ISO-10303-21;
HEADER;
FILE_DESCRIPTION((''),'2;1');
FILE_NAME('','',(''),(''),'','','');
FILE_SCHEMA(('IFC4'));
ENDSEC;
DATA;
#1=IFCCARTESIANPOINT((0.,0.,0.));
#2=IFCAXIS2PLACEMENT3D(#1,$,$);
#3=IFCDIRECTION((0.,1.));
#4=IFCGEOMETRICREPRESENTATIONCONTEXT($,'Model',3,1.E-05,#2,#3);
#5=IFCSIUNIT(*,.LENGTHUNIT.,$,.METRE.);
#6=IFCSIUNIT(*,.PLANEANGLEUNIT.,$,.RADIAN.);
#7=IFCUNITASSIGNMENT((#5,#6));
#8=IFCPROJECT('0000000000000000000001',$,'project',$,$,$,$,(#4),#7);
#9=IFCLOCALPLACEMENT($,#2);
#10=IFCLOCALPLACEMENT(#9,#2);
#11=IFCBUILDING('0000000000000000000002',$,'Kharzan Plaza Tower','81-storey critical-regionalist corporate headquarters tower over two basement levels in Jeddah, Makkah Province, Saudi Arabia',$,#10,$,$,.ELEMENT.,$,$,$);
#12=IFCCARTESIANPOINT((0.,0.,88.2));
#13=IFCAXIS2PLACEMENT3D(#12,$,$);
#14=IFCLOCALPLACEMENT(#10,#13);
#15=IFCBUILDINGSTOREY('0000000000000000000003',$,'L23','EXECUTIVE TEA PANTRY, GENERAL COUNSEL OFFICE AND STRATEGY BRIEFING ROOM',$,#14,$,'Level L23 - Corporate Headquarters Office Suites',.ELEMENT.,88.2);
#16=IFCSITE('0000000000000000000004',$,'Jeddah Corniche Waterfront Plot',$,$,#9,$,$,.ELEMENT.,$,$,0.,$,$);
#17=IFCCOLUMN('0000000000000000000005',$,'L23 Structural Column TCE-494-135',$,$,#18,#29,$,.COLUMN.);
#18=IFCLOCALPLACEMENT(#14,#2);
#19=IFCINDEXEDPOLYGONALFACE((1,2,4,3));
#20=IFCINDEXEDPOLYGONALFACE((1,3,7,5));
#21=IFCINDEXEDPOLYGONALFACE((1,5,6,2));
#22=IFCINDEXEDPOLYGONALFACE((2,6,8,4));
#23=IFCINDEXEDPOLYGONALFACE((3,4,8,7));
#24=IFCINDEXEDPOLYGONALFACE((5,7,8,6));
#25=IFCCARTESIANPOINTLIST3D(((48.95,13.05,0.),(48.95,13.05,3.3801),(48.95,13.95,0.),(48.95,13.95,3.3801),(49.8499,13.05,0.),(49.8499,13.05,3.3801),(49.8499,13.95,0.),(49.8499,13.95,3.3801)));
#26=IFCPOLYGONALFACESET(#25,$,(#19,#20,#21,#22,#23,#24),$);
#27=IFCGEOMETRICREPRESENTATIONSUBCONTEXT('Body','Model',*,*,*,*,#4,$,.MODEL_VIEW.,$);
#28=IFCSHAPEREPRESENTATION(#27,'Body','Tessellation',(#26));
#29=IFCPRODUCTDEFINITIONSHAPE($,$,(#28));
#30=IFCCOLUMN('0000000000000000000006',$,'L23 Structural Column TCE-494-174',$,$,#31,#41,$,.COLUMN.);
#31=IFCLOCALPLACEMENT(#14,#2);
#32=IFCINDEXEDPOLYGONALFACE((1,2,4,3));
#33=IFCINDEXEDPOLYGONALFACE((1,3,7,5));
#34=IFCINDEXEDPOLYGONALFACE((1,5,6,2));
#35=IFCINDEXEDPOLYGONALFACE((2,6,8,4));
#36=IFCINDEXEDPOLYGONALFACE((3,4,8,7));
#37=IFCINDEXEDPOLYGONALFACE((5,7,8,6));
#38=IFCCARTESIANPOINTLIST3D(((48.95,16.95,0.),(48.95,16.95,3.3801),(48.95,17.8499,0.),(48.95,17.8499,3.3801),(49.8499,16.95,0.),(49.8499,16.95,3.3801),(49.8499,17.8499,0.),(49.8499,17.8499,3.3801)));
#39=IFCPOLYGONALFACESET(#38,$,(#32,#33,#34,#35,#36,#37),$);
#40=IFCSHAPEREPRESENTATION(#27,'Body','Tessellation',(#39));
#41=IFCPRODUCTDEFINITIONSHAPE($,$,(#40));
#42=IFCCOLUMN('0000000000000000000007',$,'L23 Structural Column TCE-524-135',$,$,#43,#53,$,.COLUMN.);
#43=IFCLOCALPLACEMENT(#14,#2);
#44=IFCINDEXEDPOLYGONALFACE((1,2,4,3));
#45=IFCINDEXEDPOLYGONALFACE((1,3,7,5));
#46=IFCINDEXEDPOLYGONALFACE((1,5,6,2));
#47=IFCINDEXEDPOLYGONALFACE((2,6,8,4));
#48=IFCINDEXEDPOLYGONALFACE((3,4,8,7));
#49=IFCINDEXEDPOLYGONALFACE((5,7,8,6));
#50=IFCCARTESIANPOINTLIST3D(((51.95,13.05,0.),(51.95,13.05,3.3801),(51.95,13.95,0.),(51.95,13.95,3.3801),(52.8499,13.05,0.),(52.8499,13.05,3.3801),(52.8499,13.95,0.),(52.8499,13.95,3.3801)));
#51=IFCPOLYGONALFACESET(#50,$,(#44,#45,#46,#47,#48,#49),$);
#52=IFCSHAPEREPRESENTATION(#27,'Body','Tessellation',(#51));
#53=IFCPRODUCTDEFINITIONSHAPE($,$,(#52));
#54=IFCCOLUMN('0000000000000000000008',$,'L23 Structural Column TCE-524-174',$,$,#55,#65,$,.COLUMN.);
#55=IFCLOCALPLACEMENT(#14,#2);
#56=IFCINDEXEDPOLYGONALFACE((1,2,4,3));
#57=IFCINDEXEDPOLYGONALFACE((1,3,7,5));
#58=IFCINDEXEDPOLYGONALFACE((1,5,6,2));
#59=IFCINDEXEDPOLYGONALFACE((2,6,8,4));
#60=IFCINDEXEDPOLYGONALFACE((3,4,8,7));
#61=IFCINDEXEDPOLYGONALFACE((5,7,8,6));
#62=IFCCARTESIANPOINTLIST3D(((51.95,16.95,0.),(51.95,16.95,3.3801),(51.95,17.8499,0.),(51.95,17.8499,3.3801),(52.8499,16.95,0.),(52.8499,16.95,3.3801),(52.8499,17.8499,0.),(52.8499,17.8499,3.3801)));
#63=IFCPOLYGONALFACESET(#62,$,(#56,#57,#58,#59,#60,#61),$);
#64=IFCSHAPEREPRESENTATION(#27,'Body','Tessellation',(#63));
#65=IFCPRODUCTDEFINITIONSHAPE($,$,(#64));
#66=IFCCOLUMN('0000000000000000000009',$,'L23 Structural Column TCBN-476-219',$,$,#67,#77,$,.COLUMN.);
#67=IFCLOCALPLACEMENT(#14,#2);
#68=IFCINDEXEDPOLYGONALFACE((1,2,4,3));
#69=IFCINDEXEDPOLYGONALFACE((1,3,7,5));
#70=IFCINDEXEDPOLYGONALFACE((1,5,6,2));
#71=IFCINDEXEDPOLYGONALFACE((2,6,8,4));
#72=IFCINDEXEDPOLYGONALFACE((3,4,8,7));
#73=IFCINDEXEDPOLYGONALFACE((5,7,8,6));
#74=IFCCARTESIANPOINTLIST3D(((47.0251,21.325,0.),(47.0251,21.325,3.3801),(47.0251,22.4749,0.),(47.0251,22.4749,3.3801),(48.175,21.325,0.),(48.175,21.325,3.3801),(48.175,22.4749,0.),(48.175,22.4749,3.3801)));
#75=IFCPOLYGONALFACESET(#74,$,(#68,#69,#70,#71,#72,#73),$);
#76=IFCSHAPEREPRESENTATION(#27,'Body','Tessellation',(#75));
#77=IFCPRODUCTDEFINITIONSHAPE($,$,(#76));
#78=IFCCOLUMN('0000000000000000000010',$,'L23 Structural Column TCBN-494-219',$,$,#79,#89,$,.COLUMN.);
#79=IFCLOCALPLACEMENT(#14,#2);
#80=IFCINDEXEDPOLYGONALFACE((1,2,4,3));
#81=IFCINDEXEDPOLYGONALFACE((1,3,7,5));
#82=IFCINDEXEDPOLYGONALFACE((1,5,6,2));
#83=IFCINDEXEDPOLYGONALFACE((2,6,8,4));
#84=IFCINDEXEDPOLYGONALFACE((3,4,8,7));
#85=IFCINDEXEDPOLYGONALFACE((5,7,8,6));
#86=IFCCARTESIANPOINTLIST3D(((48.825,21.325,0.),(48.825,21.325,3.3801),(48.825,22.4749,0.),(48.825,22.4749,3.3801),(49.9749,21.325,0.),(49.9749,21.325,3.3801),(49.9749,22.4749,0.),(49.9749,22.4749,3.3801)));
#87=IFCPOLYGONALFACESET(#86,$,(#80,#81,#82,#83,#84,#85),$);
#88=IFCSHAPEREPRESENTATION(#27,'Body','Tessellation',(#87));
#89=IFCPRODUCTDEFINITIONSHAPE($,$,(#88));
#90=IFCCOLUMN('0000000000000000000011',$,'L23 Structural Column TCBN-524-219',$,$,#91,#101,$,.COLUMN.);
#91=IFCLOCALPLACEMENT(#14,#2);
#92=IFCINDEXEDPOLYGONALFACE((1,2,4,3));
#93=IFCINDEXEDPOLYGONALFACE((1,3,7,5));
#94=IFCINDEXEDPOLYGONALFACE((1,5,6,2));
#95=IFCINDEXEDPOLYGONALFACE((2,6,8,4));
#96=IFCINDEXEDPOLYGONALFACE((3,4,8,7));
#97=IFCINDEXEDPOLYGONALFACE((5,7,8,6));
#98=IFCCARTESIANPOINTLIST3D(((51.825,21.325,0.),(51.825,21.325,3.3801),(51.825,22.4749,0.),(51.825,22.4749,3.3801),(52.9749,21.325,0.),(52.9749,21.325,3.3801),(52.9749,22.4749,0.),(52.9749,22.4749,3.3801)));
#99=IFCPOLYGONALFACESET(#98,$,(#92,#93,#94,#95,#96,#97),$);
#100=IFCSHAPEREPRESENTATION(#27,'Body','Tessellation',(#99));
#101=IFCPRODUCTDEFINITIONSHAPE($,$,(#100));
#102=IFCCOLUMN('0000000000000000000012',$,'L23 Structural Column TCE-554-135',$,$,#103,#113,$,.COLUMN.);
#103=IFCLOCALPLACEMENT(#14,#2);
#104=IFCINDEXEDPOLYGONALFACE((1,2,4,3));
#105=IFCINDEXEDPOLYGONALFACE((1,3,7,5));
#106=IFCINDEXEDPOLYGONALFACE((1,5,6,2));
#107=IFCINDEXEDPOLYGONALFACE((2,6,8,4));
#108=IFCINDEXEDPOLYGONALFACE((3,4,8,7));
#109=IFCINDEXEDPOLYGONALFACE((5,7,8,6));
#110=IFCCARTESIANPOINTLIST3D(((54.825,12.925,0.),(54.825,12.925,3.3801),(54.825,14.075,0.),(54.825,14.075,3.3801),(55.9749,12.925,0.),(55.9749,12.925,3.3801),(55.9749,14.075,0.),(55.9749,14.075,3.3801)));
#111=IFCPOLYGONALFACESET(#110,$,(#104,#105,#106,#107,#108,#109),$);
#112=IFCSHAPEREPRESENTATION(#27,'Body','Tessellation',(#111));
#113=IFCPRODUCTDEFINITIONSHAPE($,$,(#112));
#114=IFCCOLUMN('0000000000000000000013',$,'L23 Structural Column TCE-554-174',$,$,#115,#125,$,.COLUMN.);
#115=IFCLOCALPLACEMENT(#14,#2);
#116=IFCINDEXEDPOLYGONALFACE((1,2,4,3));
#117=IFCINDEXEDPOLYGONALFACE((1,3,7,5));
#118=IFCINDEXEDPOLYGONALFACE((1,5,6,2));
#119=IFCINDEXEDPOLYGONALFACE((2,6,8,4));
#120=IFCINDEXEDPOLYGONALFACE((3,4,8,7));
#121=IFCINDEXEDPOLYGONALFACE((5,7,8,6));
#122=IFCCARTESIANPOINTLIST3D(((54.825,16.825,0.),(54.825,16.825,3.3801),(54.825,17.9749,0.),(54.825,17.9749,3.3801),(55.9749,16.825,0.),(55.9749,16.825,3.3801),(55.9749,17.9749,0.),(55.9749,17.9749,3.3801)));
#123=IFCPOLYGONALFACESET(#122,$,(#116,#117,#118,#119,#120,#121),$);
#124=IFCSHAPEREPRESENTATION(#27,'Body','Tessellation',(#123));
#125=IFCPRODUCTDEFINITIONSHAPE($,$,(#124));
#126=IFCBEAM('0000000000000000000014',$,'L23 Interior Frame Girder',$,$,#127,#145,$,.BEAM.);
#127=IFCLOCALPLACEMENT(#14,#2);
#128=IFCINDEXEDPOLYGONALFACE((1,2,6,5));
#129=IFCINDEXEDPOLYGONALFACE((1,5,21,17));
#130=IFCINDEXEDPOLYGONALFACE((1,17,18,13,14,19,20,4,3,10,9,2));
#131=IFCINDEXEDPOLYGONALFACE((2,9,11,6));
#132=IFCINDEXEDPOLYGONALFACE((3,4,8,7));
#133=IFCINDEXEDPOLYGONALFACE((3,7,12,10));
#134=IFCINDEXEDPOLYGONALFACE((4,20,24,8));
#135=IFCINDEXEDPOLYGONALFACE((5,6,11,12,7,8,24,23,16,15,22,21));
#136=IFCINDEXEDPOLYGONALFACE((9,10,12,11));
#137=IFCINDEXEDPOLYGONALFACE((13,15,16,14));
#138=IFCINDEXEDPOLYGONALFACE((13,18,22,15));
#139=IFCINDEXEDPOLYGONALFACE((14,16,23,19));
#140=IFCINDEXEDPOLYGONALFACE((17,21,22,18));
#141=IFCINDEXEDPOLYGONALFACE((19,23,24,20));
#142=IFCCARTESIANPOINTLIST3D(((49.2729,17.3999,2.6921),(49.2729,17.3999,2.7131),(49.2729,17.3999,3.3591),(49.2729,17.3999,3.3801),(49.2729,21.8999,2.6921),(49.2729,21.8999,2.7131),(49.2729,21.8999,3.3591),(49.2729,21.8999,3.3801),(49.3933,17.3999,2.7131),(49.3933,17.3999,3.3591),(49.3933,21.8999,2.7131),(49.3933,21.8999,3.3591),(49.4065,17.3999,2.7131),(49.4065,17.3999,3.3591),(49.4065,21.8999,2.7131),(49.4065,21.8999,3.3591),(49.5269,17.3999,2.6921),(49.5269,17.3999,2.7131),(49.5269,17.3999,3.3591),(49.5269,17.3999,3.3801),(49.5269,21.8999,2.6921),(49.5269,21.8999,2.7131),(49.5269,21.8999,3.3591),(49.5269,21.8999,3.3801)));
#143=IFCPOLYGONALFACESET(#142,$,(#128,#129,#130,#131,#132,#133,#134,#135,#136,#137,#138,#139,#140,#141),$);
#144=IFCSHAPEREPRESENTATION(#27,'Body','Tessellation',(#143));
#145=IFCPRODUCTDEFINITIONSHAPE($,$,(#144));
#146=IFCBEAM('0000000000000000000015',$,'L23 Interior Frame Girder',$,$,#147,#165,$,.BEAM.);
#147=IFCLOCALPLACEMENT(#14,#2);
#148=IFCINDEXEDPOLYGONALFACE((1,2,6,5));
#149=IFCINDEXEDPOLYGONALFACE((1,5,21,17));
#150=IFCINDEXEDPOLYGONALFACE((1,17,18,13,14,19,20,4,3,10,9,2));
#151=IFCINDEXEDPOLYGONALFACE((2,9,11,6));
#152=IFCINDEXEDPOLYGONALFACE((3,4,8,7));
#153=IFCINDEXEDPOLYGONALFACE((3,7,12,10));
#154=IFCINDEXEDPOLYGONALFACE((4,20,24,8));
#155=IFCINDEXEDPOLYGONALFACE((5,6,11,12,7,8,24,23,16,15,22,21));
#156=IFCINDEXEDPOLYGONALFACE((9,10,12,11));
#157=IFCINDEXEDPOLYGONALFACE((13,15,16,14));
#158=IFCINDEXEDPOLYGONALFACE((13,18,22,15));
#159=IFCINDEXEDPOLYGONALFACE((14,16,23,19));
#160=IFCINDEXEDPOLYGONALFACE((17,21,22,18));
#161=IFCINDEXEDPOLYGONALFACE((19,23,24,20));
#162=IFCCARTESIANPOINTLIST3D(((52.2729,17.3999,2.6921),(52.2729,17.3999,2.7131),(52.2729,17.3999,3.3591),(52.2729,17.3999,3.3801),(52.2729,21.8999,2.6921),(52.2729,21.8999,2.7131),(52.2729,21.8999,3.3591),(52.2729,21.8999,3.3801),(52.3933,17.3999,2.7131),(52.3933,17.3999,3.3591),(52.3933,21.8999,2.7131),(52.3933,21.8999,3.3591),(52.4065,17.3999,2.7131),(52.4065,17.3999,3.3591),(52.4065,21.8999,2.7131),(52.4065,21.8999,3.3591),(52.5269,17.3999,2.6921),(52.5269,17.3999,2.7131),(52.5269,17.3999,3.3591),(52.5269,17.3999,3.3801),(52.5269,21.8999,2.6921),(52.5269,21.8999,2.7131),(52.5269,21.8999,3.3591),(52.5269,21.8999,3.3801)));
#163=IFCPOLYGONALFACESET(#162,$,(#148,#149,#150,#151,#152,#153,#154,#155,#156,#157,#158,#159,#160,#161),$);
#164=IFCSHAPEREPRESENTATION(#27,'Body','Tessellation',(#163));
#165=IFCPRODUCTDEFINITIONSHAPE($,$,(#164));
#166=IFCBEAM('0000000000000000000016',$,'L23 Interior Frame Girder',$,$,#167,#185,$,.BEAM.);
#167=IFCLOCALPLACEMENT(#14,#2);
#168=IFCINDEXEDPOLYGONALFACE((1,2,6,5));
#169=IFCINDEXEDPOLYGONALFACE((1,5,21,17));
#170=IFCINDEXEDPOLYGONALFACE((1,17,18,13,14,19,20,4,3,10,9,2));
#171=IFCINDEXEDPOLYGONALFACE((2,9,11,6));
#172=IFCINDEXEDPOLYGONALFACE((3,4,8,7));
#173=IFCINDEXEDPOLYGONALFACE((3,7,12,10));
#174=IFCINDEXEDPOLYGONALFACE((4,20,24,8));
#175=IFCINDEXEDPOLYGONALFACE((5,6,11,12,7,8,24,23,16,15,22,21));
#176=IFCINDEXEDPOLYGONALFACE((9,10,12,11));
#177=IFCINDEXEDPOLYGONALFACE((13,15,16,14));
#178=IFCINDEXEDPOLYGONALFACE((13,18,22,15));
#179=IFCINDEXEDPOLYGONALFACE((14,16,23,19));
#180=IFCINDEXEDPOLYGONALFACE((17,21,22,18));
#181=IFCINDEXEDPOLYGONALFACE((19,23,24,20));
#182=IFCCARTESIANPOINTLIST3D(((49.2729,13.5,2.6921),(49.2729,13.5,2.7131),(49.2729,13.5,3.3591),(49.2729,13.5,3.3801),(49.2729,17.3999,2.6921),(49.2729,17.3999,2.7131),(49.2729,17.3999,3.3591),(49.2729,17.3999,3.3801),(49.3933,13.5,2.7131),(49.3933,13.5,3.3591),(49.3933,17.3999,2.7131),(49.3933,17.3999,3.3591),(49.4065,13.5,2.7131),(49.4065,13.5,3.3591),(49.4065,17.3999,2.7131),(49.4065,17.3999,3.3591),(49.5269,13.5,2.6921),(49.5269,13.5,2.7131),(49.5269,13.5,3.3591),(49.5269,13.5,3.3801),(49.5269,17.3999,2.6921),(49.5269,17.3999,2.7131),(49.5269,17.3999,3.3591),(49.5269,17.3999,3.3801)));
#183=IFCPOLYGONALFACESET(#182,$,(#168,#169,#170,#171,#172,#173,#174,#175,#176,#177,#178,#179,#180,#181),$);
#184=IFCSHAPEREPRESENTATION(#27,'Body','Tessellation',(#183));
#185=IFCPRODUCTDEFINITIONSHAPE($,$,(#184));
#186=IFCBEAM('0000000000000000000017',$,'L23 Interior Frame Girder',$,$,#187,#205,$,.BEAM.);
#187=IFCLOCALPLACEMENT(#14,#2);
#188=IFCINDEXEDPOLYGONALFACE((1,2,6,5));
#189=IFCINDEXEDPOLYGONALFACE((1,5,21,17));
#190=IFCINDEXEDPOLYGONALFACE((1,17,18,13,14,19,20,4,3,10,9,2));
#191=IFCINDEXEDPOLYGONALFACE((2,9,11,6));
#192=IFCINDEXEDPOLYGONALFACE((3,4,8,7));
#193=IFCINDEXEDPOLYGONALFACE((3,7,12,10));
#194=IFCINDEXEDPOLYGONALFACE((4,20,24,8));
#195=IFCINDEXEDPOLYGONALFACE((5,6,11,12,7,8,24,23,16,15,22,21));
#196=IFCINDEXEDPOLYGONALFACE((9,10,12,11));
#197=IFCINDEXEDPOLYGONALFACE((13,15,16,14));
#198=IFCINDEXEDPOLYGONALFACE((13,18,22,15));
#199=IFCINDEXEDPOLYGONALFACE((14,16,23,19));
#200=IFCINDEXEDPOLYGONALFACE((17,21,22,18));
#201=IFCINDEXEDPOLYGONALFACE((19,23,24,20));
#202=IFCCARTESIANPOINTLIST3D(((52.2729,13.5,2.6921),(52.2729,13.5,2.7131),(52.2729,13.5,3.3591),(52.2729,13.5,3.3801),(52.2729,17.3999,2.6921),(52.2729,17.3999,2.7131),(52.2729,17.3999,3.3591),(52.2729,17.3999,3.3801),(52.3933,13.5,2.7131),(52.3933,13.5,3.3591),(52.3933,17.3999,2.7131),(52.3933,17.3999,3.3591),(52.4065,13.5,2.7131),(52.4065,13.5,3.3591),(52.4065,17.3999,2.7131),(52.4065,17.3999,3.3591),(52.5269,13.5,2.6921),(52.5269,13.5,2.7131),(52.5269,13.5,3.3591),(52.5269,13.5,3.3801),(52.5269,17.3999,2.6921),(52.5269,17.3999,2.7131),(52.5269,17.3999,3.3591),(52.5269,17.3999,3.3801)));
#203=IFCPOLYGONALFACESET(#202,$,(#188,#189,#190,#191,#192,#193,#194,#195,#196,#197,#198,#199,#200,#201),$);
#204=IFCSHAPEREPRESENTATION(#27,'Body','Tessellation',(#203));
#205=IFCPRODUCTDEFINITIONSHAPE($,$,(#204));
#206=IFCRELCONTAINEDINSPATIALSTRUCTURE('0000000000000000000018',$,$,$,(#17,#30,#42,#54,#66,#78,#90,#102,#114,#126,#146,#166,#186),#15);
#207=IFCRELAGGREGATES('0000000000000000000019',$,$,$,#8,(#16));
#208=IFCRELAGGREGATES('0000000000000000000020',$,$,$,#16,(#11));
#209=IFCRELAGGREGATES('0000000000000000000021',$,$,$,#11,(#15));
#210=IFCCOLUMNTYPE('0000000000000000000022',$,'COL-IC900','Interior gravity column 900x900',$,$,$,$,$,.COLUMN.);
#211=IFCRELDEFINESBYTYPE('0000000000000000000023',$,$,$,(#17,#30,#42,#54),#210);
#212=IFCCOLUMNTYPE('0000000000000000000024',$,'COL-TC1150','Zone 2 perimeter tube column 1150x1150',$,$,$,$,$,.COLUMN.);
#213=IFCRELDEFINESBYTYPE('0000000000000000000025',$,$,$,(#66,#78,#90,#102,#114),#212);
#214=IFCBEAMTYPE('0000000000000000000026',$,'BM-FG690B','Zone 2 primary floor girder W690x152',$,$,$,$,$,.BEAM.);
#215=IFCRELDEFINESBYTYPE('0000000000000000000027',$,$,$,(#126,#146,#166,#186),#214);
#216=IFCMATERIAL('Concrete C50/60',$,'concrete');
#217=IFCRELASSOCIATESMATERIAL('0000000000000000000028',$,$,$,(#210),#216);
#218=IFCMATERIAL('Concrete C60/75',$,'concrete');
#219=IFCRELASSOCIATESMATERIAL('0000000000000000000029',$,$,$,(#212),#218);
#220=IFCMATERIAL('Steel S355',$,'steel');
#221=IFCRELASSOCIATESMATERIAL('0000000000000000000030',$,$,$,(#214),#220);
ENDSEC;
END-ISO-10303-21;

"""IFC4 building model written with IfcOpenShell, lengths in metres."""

from ifc_helpers import new_model, si_unit, direction, frame, origin, origin_2d, place, context, subcontext, project, spatial, rectangle, i_section, extrude, source, transform, mapped, material, material_profile, profile_set, type_object, element, save


model = new_model("IFC4")

# Units and contexts
model_context = context("Model", 3, precision=1e-05, world=origin(), true_north=direction((0.0, 1.0)))
body_context = subcontext(model_context, "Body", "Model", "MODEL_VIEW")
ifc_project = project(units=[si_unit("LENGTHUNIT", "METRE"), si_unit("PLANEANGLEUNIT", "RADIAN")], contexts=[model_context])

# Site, building, storey
site_placement = place(None, origin())
site = spatial("IfcSite", under=ifc_project, at=site_placement, Name="Jeddah Corniche Waterfront Plot", CompositionType="ELEMENT", RefElevation=0.0)
building_placement = place(site_placement, origin())
building = spatial("IfcBuilding", under=site, at=building_placement, Name="Kharzan Plaza Tower", Description="81-storey critical-regionalist corporate headquarters tower over two basement levels in Jeddah, Makkah Province, Saudi Arabia", CompositionType="ELEMENT")
storey_placement = place(building_placement, frame((0.0, 0.0, 88.2)))
storey = spatial("IfcBuildingStorey", under=building, at=storey_placement, Name="L23", Description="EXECUTIVE TEA PANTRY, GENERAL COUNSEL OFFICE AND STRATEGY BRIEFING ROOM", LongName="Level L23 - Corporate Headquarters Office Suites", CompositionType="ELEMENT", Elevation=88.2)

# Columns
ifc_material_1 = material(Name="Concrete C50/60", Category="concrete")
ifc_material_profile_1 = material_profile(ifc_material_1, rectangle(XDim=0.8999, YDim=0.8999, at=origin_2d()), Name="RC-IC900x900")
ifc_profile_set_1 = profile_set([ifc_material_profile_1], Name="Concrete C50/60")
column_type_1 = type_object("IfcColumnType", Name="COL-IC900", Description="Interior gravity column 900x900", PredefinedType="COLUMN", material=ifc_profile_set_1)
shared_shape_1 = source(origin(), body_context, "Body", "SweptSolid", [
    extrude(rectangle(XDim=0.8999, YDim=0.8999, at=origin_2d()), origin(), (0.0, 0.0, 1.0), 3.3801),
])
for number, where, z_axis, x_axis, name in (
    (1, (49.3999, 13.5, 0.0), (0.0, 0.0, 1.0), (1.0, 0.0, 0.0), "L23 Structural Column TCE-494-135"),
    (2, (49.3999, 17.3999, 0.0), (0.0, 0.0, 1.0), (1.0, 0.0, 0.0), "L23 Structural Column TCE-494-174"),
    (3, (52.3999, 13.5, 0.0), (0.0, 0.0, 1.0), (1.0, 0.0, 0.0), "L23 Structural Column TCE-524-135"),
    (4, (52.3999, 17.3999, 0.0), (0.0, 0.0, 1.0), (1.0, 0.0, 0.0), "L23 Structural Column TCE-524-174"),
):
    element("IfcColumn", number, at=place(storey_placement, frame(where, z_axis=z_axis, x_axis=x_axis)), inside=storey, type_object=column_type_1, Name=name, PredefinedType="COLUMN", context=body_context, shape_type="MappedRepresentation", body=[
        mapped(shared_shape_1, transform((0.0, 0.0, 0.0), x_axis=(1.0, 0.0, 0.0), y_axis=(0.0, 1.0, 0.0), z_axis=(0.0, 0.0, 1.0))),
    ])
ifc_material_2 = material(Name="Concrete C60/75", Category="concrete")
ifc_material_profile_2 = material_profile(ifc_material_2, rectangle(XDim=1.1499, YDim=1.1499, at=origin_2d()), Name="RC-TC1150x1150")
ifc_profile_set_2 = profile_set([ifc_material_profile_2], Name="Concrete C60/75")
column_type_2 = type_object("IfcColumnType", Name="COL-TC1150", Description="Zone 2 perimeter tube column 1150x1150", PredefinedType="COLUMN", material=ifc_profile_set_2)
shared_shape_2 = source(origin(), body_context, "Body", "SweptSolid", [
    extrude(rectangle(XDim=1.1499, YDim=1.1499, at=origin_2d()), origin(), (0.0, 0.0, 1.0), 3.3801),
])
for number, where, z_axis, x_axis, name in (
    (5, (47.6001, 21.8999, 0.0), (0.0, 0.0, 1.0), (1.0, 0.0, 0.0), "L23 Structural Column TCBN-476-219"),
    (6, (49.3999, 21.8999, 0.0), (0.0, 0.0, 1.0), (1.0, 0.0, 0.0), "L23 Structural Column TCBN-494-219"),
    (7, (52.3999, 21.8999, 0.0), (0.0, 0.0, 1.0), (1.0, 0.0, 0.0), "L23 Structural Column TCBN-524-219"),
    (8, (55.3999, 13.5, 0.0), (0.0, 0.0, 1.0), (1.0, 0.0, 0.0), "L23 Structural Column TCE-554-135"),
    (9, (55.3999, 17.3999, 0.0), (0.0, 0.0, 1.0), (1.0, 0.0, 0.0), "L23 Structural Column TCE-554-174"),
):
    element("IfcColumn", number, at=place(storey_placement, frame(where, z_axis=z_axis, x_axis=x_axis)), inside=storey, type_object=column_type_2, Name=name, PredefinedType="COLUMN", context=body_context, shape_type="MappedRepresentation", body=[
        mapped(shared_shape_2, transform((0.0, 0.0, 0.0), x_axis=(1.0, 0.0, 0.0), y_axis=(0.0, 1.0, 0.0), z_axis=(0.0, 0.0, 1.0))),
    ])

# Beams
ifc_material_3 = material(Name="Steel S355", Category="steel")
ifc_material_profile_3 = material_profile(ifc_material_3, i_section(OverallWidth=0.2539, OverallDepth=0.688, WebThickness=0.0132, FlangeThickness=0.021, at=origin_2d()), Name="W690x152")
ifc_profile_set_3 = profile_set([ifc_material_profile_3], Name="Steel S355")
beam_type_1 = type_object("IfcBeamType", Name="BM-FG690B", Description="Zone 2 primary floor girder W690x152", PredefinedType="BEAM", material=ifc_profile_set_3)
shared_shape_3 = source(origin(), body_context, "Body", "SweptSolid", [
    extrude(i_section(OverallWidth=0.2539, OverallDepth=0.688, WebThickness=0.0132, FlangeThickness=0.021, at=origin_2d()), origin(), (0.0, 0.0, 1.0), 4.5),
])
for number, where, z_axis, x_axis, name in (
    (10, (49.3999, 17.3999, 3.0361), (0.0, 1.0, 0.0), (-1.0, 0.0, 0.0), "L23 Interior Frame Girder"),
    (11, (52.3999, 17.3999, 3.0361), (0.0, 1.0, 0.0), (-1.0, 0.0, 0.0), "L23 Interior Frame Girder"),
):
    element("IfcBeam", number, at=place(storey_placement, frame(where, z_axis=z_axis, x_axis=x_axis)), inside=storey, type_object=beam_type_1, Name=name, PredefinedType="BEAM", context=body_context, shape_type="MappedRepresentation", body=[
        mapped(shared_shape_3, transform((0.0, 0.0, 0.0), x_axis=(1.0, 0.0, 0.0), y_axis=(0.0, 1.0, 0.0), z_axis=(0.0, 0.0, 1.0))),
    ])
shared_shape_4 = source(origin(), body_context, "Body", "SweptSolid", [
    extrude(i_section(OverallWidth=0.2539, OverallDepth=0.688, WebThickness=0.0132, FlangeThickness=0.021, at=origin_2d()), origin(), (0.0, 0.0, 1.0), 3.8999),
])
for number, where, z_axis, x_axis, name in (
    (12, (49.3999, 13.5, 3.0361), (0.0, 1.0, 0.0), (-1.0, 0.0, 0.0), "L23 Interior Frame Girder"),
    (13, (52.3999, 13.5, 3.0361), (0.0, 1.0, 0.0), (-1.0, 0.0, 0.0), "L23 Interior Frame Girder"),
):
    element("IfcBeam", number, at=place(storey_placement, frame(where, z_axis=z_axis, x_axis=x_axis)), inside=storey, type_object=beam_type_1, Name=name, PredefinedType="BEAM", context=body_context, shape_type="MappedRepresentation", body=[
        mapped(shared_shape_4, transform((0.0, 0.0, 0.0), x_axis=(1.0, 0.0, 0.0), y_axis=(0.0, 1.0, 0.0), z_axis=(0.0, 0.0, 1.0))),
    ])

save(model, "model.ifc")
